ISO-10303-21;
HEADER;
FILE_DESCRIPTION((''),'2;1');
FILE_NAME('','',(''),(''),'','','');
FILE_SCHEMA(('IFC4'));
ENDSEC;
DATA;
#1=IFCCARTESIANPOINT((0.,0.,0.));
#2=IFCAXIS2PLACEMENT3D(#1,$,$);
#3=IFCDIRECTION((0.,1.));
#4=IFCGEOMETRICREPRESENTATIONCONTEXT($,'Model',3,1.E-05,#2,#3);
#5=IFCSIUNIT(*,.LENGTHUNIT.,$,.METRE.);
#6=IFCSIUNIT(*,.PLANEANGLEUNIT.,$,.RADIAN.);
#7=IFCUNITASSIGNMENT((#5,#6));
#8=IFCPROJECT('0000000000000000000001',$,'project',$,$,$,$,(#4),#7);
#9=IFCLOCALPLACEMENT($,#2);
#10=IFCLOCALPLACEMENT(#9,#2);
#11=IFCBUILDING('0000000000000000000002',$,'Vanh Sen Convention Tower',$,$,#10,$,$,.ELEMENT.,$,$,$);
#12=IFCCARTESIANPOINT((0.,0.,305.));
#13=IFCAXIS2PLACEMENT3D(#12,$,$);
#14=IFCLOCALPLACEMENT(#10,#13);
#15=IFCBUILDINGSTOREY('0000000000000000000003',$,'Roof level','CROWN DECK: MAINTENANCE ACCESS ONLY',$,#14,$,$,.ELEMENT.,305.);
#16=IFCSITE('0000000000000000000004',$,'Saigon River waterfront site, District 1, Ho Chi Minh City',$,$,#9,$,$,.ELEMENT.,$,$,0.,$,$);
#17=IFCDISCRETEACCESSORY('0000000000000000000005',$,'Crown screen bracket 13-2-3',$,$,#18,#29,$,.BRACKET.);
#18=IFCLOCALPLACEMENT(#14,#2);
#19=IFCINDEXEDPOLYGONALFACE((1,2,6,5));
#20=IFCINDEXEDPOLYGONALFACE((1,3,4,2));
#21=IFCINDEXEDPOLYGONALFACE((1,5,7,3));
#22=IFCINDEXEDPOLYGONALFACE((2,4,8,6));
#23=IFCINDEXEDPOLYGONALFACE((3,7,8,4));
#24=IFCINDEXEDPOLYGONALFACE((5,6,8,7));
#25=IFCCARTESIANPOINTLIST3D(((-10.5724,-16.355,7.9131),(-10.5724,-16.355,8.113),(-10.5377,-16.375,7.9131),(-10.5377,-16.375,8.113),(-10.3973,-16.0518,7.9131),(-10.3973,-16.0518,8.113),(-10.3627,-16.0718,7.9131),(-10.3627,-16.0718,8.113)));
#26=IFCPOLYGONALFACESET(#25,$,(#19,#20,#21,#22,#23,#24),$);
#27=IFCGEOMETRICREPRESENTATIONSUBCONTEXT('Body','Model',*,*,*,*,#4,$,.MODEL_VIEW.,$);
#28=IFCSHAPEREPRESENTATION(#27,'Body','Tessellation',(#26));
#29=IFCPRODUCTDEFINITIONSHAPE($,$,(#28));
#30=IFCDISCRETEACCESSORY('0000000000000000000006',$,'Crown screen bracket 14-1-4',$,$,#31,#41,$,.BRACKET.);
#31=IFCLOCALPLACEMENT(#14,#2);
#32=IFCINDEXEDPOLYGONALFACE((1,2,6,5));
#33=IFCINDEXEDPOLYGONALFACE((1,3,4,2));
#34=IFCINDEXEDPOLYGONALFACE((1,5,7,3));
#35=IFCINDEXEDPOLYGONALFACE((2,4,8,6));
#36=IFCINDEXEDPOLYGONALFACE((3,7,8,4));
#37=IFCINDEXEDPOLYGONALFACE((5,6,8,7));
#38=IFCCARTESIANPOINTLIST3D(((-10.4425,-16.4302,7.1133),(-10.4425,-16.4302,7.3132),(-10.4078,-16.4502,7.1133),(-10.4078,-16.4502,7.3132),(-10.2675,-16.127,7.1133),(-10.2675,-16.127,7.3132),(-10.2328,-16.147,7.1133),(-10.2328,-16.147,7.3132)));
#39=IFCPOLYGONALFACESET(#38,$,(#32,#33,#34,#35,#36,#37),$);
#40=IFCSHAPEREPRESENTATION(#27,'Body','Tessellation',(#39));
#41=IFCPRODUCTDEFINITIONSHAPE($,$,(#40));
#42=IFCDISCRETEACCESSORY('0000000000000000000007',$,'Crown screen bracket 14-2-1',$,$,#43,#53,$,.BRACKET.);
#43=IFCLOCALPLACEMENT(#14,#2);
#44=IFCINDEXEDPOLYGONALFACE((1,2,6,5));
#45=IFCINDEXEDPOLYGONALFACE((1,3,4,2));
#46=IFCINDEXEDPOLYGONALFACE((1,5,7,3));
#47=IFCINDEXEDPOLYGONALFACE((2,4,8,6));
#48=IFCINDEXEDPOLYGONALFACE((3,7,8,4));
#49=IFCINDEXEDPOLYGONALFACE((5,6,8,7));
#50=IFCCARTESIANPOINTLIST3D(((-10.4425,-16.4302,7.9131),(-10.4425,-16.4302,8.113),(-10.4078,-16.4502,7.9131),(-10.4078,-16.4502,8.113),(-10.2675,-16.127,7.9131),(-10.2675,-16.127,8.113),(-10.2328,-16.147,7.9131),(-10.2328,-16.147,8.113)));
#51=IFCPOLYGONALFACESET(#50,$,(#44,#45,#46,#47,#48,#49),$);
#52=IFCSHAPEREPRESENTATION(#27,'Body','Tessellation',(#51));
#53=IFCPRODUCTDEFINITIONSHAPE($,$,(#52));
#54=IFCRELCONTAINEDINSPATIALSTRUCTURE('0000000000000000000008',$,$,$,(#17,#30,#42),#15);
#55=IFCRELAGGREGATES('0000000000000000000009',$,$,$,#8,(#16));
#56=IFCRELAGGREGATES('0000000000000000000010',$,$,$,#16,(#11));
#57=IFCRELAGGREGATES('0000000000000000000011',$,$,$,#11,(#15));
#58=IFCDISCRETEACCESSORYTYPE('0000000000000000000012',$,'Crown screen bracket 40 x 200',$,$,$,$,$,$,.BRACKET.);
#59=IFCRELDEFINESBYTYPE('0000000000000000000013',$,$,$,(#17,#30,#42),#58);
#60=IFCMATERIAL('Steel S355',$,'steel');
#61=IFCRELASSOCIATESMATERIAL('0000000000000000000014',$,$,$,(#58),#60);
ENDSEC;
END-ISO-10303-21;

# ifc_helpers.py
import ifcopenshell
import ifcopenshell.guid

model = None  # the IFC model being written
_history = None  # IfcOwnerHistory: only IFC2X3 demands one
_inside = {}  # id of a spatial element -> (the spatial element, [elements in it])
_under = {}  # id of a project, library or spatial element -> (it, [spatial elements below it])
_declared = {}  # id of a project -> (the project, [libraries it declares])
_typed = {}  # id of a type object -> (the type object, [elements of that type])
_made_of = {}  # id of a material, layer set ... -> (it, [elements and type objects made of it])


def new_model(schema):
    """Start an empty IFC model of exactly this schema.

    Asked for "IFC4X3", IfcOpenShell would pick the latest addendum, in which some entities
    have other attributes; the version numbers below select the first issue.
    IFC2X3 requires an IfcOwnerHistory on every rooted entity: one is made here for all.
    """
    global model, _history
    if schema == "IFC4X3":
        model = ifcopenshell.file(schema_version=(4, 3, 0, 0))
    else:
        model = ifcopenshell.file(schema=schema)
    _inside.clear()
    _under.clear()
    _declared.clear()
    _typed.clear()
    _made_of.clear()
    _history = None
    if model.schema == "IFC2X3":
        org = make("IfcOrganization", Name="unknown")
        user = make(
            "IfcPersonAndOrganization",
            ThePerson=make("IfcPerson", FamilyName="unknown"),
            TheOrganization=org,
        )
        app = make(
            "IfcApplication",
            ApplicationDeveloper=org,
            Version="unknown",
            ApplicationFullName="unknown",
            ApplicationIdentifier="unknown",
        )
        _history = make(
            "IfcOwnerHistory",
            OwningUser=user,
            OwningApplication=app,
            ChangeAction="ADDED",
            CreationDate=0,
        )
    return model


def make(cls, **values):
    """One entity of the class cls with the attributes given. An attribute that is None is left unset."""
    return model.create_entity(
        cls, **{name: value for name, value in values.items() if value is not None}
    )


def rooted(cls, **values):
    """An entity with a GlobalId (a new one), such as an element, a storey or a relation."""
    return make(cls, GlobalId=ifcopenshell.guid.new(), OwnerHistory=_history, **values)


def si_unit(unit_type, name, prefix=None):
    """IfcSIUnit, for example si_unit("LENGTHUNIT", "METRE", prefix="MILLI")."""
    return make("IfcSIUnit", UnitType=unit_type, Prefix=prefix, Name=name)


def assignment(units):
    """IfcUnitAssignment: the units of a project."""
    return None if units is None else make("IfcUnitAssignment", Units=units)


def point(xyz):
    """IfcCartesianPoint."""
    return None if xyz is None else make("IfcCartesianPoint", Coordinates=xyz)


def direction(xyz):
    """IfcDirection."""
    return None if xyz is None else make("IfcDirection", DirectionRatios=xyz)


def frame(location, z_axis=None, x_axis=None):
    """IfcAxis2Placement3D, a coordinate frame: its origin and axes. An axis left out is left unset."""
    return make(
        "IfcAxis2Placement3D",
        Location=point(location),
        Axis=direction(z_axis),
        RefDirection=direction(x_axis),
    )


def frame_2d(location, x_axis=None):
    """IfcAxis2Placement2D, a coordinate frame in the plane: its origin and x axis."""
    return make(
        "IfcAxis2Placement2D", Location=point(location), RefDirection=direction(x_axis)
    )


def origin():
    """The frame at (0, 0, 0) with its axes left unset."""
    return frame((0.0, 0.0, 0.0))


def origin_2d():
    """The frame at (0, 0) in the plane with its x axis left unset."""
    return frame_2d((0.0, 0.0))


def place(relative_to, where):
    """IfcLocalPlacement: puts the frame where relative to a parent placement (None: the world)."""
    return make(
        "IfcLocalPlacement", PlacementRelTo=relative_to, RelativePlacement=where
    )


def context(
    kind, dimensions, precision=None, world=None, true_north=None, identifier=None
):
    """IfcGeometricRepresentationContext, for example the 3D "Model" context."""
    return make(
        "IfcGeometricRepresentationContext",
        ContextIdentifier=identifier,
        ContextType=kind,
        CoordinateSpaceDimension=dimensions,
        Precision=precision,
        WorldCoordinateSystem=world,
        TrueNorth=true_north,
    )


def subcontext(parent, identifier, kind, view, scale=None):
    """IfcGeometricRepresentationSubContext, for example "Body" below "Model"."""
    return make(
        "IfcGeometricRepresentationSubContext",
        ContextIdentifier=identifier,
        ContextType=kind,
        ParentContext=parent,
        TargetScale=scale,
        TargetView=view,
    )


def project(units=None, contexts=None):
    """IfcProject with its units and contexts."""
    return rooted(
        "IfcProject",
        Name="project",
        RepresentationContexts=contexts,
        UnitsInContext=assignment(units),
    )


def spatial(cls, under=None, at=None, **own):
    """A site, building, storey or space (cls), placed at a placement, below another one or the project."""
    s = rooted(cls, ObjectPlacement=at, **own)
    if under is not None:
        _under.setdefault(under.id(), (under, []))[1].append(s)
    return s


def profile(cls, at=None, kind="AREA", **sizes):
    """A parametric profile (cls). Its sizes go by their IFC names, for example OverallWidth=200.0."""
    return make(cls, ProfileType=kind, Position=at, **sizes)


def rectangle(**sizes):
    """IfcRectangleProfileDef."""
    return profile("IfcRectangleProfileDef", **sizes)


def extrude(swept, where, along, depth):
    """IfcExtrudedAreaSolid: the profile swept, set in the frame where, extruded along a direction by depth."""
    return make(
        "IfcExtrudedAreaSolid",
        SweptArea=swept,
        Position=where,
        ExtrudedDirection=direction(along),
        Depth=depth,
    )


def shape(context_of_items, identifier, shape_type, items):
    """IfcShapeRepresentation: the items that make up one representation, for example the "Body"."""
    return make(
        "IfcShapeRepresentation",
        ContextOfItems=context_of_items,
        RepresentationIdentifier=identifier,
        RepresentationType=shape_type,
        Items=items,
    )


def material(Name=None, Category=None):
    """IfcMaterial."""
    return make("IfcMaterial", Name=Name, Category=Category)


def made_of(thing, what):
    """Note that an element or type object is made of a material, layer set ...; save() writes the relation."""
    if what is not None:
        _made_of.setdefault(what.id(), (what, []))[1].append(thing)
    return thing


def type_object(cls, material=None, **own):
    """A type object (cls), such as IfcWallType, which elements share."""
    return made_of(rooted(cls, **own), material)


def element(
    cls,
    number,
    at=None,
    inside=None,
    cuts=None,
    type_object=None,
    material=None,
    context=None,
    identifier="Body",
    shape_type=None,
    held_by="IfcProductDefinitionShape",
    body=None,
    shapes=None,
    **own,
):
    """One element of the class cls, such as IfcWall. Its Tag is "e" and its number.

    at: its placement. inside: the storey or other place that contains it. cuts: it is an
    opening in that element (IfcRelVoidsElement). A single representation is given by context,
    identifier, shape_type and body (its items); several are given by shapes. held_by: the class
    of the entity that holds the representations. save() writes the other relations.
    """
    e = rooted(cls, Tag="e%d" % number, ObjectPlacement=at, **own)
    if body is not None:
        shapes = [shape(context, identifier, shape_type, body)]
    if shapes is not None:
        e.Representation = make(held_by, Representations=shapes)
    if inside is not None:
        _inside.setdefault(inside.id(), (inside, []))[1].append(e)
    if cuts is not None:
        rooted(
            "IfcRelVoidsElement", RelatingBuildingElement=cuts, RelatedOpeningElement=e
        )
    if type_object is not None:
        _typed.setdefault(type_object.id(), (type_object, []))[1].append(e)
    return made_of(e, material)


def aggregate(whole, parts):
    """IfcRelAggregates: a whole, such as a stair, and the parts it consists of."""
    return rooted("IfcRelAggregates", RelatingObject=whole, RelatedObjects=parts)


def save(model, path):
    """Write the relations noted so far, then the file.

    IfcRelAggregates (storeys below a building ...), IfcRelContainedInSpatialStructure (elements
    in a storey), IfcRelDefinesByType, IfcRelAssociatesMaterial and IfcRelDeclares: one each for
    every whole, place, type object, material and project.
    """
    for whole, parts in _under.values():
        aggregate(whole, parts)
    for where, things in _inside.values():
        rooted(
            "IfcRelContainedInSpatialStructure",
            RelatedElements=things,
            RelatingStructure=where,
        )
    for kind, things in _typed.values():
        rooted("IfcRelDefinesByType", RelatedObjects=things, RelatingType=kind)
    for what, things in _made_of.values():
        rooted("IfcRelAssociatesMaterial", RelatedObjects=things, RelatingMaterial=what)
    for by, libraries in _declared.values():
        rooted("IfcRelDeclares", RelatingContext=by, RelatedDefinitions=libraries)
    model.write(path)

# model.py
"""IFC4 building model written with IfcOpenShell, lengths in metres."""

from ifc_helpers import new_model, si_unit, direction, frame, origin, origin_2d, place, context, subcontext, project, spatial, rectangle, extrude, material, type_object, element, save


model = new_model("IFC4")

# Units and contexts
model_context = context("Model", 3, precision=1e-05, world=origin(), true_north=direction((0.0, 1.0)))
body_context = subcontext(model_context, "Body", "Model", "MODEL_VIEW")
ifc_project = project(units=[si_unit("LENGTHUNIT", "METRE"), si_unit("PLANEANGLEUNIT", "RADIAN")], contexts=[model_context])

# Site, building, storey
site_placement = place(None, origin())
site = spatial("IfcSite", under=ifc_project, at=site_placement, Name="Saigon River waterfront site, District 1, Ho Chi Minh City", CompositionType="ELEMENT", RefElevation=0.0)
building_placement = place(site_placement, origin())
building = spatial("IfcBuilding", under=site, at=building_placement, Name="Vanh Sen Convention Tower", CompositionType="ELEMENT")
storey_placement = place(building_placement, frame((0.0, 0.0, 305.0)))
storey = spatial("IfcBuildingStorey", under=building, at=storey_placement, Name="Roof level", Description="CROWN DECK: MAINTENANCE ACCESS ONLY", CompositionType="ELEMENT", Elevation=305.0)

# Discrete accessories
ifc_material_1 = material(Name="Steel S355", Category="steel")
discrete_accessory_type_1 = type_object("IfcDiscreteAccessoryType", Name="Crown screen bracket 40 x 200", PredefinedType="BRACKET", material=ifc_material_1)
for number, where, z_axis, x_axis, name in (
    (1, (-10.4675, -16.2134, 7.9131), (0.0, 0.0, 1.0), (-0.500005, -0.866023, 0.0), "Crown screen bracket 13-2-3"),
    (2, (-10.3376, -16.2886, 7.1133), (0.0, 0.0, 1.0), (-0.499994, -0.866029, 0.0), "Crown screen bracket 14-1-4"),
    (3, (-10.3376, -16.2886, 7.9131), (0.0, 0.0, 1.0), (-0.499994, -0.866029, 0.0), "Crown screen bracket 14-2-1"),
):
    element("IfcDiscreteAccessory", number, at=place(storey_placement, frame(where, z_axis=z_axis, x_axis=x_axis)), inside=storey, type_object=discrete_accessory_type_1, Name=name, PredefinedType="BRACKET", context=body_context, shape_type="SweptSolid", body=[
        extrude(rectangle(XDim=0.3501, YDim=0.04, at=origin_2d()), origin(), (0.0, 0.0, 1.0), 0.2),
    ])

save(model, "model.ifc")
